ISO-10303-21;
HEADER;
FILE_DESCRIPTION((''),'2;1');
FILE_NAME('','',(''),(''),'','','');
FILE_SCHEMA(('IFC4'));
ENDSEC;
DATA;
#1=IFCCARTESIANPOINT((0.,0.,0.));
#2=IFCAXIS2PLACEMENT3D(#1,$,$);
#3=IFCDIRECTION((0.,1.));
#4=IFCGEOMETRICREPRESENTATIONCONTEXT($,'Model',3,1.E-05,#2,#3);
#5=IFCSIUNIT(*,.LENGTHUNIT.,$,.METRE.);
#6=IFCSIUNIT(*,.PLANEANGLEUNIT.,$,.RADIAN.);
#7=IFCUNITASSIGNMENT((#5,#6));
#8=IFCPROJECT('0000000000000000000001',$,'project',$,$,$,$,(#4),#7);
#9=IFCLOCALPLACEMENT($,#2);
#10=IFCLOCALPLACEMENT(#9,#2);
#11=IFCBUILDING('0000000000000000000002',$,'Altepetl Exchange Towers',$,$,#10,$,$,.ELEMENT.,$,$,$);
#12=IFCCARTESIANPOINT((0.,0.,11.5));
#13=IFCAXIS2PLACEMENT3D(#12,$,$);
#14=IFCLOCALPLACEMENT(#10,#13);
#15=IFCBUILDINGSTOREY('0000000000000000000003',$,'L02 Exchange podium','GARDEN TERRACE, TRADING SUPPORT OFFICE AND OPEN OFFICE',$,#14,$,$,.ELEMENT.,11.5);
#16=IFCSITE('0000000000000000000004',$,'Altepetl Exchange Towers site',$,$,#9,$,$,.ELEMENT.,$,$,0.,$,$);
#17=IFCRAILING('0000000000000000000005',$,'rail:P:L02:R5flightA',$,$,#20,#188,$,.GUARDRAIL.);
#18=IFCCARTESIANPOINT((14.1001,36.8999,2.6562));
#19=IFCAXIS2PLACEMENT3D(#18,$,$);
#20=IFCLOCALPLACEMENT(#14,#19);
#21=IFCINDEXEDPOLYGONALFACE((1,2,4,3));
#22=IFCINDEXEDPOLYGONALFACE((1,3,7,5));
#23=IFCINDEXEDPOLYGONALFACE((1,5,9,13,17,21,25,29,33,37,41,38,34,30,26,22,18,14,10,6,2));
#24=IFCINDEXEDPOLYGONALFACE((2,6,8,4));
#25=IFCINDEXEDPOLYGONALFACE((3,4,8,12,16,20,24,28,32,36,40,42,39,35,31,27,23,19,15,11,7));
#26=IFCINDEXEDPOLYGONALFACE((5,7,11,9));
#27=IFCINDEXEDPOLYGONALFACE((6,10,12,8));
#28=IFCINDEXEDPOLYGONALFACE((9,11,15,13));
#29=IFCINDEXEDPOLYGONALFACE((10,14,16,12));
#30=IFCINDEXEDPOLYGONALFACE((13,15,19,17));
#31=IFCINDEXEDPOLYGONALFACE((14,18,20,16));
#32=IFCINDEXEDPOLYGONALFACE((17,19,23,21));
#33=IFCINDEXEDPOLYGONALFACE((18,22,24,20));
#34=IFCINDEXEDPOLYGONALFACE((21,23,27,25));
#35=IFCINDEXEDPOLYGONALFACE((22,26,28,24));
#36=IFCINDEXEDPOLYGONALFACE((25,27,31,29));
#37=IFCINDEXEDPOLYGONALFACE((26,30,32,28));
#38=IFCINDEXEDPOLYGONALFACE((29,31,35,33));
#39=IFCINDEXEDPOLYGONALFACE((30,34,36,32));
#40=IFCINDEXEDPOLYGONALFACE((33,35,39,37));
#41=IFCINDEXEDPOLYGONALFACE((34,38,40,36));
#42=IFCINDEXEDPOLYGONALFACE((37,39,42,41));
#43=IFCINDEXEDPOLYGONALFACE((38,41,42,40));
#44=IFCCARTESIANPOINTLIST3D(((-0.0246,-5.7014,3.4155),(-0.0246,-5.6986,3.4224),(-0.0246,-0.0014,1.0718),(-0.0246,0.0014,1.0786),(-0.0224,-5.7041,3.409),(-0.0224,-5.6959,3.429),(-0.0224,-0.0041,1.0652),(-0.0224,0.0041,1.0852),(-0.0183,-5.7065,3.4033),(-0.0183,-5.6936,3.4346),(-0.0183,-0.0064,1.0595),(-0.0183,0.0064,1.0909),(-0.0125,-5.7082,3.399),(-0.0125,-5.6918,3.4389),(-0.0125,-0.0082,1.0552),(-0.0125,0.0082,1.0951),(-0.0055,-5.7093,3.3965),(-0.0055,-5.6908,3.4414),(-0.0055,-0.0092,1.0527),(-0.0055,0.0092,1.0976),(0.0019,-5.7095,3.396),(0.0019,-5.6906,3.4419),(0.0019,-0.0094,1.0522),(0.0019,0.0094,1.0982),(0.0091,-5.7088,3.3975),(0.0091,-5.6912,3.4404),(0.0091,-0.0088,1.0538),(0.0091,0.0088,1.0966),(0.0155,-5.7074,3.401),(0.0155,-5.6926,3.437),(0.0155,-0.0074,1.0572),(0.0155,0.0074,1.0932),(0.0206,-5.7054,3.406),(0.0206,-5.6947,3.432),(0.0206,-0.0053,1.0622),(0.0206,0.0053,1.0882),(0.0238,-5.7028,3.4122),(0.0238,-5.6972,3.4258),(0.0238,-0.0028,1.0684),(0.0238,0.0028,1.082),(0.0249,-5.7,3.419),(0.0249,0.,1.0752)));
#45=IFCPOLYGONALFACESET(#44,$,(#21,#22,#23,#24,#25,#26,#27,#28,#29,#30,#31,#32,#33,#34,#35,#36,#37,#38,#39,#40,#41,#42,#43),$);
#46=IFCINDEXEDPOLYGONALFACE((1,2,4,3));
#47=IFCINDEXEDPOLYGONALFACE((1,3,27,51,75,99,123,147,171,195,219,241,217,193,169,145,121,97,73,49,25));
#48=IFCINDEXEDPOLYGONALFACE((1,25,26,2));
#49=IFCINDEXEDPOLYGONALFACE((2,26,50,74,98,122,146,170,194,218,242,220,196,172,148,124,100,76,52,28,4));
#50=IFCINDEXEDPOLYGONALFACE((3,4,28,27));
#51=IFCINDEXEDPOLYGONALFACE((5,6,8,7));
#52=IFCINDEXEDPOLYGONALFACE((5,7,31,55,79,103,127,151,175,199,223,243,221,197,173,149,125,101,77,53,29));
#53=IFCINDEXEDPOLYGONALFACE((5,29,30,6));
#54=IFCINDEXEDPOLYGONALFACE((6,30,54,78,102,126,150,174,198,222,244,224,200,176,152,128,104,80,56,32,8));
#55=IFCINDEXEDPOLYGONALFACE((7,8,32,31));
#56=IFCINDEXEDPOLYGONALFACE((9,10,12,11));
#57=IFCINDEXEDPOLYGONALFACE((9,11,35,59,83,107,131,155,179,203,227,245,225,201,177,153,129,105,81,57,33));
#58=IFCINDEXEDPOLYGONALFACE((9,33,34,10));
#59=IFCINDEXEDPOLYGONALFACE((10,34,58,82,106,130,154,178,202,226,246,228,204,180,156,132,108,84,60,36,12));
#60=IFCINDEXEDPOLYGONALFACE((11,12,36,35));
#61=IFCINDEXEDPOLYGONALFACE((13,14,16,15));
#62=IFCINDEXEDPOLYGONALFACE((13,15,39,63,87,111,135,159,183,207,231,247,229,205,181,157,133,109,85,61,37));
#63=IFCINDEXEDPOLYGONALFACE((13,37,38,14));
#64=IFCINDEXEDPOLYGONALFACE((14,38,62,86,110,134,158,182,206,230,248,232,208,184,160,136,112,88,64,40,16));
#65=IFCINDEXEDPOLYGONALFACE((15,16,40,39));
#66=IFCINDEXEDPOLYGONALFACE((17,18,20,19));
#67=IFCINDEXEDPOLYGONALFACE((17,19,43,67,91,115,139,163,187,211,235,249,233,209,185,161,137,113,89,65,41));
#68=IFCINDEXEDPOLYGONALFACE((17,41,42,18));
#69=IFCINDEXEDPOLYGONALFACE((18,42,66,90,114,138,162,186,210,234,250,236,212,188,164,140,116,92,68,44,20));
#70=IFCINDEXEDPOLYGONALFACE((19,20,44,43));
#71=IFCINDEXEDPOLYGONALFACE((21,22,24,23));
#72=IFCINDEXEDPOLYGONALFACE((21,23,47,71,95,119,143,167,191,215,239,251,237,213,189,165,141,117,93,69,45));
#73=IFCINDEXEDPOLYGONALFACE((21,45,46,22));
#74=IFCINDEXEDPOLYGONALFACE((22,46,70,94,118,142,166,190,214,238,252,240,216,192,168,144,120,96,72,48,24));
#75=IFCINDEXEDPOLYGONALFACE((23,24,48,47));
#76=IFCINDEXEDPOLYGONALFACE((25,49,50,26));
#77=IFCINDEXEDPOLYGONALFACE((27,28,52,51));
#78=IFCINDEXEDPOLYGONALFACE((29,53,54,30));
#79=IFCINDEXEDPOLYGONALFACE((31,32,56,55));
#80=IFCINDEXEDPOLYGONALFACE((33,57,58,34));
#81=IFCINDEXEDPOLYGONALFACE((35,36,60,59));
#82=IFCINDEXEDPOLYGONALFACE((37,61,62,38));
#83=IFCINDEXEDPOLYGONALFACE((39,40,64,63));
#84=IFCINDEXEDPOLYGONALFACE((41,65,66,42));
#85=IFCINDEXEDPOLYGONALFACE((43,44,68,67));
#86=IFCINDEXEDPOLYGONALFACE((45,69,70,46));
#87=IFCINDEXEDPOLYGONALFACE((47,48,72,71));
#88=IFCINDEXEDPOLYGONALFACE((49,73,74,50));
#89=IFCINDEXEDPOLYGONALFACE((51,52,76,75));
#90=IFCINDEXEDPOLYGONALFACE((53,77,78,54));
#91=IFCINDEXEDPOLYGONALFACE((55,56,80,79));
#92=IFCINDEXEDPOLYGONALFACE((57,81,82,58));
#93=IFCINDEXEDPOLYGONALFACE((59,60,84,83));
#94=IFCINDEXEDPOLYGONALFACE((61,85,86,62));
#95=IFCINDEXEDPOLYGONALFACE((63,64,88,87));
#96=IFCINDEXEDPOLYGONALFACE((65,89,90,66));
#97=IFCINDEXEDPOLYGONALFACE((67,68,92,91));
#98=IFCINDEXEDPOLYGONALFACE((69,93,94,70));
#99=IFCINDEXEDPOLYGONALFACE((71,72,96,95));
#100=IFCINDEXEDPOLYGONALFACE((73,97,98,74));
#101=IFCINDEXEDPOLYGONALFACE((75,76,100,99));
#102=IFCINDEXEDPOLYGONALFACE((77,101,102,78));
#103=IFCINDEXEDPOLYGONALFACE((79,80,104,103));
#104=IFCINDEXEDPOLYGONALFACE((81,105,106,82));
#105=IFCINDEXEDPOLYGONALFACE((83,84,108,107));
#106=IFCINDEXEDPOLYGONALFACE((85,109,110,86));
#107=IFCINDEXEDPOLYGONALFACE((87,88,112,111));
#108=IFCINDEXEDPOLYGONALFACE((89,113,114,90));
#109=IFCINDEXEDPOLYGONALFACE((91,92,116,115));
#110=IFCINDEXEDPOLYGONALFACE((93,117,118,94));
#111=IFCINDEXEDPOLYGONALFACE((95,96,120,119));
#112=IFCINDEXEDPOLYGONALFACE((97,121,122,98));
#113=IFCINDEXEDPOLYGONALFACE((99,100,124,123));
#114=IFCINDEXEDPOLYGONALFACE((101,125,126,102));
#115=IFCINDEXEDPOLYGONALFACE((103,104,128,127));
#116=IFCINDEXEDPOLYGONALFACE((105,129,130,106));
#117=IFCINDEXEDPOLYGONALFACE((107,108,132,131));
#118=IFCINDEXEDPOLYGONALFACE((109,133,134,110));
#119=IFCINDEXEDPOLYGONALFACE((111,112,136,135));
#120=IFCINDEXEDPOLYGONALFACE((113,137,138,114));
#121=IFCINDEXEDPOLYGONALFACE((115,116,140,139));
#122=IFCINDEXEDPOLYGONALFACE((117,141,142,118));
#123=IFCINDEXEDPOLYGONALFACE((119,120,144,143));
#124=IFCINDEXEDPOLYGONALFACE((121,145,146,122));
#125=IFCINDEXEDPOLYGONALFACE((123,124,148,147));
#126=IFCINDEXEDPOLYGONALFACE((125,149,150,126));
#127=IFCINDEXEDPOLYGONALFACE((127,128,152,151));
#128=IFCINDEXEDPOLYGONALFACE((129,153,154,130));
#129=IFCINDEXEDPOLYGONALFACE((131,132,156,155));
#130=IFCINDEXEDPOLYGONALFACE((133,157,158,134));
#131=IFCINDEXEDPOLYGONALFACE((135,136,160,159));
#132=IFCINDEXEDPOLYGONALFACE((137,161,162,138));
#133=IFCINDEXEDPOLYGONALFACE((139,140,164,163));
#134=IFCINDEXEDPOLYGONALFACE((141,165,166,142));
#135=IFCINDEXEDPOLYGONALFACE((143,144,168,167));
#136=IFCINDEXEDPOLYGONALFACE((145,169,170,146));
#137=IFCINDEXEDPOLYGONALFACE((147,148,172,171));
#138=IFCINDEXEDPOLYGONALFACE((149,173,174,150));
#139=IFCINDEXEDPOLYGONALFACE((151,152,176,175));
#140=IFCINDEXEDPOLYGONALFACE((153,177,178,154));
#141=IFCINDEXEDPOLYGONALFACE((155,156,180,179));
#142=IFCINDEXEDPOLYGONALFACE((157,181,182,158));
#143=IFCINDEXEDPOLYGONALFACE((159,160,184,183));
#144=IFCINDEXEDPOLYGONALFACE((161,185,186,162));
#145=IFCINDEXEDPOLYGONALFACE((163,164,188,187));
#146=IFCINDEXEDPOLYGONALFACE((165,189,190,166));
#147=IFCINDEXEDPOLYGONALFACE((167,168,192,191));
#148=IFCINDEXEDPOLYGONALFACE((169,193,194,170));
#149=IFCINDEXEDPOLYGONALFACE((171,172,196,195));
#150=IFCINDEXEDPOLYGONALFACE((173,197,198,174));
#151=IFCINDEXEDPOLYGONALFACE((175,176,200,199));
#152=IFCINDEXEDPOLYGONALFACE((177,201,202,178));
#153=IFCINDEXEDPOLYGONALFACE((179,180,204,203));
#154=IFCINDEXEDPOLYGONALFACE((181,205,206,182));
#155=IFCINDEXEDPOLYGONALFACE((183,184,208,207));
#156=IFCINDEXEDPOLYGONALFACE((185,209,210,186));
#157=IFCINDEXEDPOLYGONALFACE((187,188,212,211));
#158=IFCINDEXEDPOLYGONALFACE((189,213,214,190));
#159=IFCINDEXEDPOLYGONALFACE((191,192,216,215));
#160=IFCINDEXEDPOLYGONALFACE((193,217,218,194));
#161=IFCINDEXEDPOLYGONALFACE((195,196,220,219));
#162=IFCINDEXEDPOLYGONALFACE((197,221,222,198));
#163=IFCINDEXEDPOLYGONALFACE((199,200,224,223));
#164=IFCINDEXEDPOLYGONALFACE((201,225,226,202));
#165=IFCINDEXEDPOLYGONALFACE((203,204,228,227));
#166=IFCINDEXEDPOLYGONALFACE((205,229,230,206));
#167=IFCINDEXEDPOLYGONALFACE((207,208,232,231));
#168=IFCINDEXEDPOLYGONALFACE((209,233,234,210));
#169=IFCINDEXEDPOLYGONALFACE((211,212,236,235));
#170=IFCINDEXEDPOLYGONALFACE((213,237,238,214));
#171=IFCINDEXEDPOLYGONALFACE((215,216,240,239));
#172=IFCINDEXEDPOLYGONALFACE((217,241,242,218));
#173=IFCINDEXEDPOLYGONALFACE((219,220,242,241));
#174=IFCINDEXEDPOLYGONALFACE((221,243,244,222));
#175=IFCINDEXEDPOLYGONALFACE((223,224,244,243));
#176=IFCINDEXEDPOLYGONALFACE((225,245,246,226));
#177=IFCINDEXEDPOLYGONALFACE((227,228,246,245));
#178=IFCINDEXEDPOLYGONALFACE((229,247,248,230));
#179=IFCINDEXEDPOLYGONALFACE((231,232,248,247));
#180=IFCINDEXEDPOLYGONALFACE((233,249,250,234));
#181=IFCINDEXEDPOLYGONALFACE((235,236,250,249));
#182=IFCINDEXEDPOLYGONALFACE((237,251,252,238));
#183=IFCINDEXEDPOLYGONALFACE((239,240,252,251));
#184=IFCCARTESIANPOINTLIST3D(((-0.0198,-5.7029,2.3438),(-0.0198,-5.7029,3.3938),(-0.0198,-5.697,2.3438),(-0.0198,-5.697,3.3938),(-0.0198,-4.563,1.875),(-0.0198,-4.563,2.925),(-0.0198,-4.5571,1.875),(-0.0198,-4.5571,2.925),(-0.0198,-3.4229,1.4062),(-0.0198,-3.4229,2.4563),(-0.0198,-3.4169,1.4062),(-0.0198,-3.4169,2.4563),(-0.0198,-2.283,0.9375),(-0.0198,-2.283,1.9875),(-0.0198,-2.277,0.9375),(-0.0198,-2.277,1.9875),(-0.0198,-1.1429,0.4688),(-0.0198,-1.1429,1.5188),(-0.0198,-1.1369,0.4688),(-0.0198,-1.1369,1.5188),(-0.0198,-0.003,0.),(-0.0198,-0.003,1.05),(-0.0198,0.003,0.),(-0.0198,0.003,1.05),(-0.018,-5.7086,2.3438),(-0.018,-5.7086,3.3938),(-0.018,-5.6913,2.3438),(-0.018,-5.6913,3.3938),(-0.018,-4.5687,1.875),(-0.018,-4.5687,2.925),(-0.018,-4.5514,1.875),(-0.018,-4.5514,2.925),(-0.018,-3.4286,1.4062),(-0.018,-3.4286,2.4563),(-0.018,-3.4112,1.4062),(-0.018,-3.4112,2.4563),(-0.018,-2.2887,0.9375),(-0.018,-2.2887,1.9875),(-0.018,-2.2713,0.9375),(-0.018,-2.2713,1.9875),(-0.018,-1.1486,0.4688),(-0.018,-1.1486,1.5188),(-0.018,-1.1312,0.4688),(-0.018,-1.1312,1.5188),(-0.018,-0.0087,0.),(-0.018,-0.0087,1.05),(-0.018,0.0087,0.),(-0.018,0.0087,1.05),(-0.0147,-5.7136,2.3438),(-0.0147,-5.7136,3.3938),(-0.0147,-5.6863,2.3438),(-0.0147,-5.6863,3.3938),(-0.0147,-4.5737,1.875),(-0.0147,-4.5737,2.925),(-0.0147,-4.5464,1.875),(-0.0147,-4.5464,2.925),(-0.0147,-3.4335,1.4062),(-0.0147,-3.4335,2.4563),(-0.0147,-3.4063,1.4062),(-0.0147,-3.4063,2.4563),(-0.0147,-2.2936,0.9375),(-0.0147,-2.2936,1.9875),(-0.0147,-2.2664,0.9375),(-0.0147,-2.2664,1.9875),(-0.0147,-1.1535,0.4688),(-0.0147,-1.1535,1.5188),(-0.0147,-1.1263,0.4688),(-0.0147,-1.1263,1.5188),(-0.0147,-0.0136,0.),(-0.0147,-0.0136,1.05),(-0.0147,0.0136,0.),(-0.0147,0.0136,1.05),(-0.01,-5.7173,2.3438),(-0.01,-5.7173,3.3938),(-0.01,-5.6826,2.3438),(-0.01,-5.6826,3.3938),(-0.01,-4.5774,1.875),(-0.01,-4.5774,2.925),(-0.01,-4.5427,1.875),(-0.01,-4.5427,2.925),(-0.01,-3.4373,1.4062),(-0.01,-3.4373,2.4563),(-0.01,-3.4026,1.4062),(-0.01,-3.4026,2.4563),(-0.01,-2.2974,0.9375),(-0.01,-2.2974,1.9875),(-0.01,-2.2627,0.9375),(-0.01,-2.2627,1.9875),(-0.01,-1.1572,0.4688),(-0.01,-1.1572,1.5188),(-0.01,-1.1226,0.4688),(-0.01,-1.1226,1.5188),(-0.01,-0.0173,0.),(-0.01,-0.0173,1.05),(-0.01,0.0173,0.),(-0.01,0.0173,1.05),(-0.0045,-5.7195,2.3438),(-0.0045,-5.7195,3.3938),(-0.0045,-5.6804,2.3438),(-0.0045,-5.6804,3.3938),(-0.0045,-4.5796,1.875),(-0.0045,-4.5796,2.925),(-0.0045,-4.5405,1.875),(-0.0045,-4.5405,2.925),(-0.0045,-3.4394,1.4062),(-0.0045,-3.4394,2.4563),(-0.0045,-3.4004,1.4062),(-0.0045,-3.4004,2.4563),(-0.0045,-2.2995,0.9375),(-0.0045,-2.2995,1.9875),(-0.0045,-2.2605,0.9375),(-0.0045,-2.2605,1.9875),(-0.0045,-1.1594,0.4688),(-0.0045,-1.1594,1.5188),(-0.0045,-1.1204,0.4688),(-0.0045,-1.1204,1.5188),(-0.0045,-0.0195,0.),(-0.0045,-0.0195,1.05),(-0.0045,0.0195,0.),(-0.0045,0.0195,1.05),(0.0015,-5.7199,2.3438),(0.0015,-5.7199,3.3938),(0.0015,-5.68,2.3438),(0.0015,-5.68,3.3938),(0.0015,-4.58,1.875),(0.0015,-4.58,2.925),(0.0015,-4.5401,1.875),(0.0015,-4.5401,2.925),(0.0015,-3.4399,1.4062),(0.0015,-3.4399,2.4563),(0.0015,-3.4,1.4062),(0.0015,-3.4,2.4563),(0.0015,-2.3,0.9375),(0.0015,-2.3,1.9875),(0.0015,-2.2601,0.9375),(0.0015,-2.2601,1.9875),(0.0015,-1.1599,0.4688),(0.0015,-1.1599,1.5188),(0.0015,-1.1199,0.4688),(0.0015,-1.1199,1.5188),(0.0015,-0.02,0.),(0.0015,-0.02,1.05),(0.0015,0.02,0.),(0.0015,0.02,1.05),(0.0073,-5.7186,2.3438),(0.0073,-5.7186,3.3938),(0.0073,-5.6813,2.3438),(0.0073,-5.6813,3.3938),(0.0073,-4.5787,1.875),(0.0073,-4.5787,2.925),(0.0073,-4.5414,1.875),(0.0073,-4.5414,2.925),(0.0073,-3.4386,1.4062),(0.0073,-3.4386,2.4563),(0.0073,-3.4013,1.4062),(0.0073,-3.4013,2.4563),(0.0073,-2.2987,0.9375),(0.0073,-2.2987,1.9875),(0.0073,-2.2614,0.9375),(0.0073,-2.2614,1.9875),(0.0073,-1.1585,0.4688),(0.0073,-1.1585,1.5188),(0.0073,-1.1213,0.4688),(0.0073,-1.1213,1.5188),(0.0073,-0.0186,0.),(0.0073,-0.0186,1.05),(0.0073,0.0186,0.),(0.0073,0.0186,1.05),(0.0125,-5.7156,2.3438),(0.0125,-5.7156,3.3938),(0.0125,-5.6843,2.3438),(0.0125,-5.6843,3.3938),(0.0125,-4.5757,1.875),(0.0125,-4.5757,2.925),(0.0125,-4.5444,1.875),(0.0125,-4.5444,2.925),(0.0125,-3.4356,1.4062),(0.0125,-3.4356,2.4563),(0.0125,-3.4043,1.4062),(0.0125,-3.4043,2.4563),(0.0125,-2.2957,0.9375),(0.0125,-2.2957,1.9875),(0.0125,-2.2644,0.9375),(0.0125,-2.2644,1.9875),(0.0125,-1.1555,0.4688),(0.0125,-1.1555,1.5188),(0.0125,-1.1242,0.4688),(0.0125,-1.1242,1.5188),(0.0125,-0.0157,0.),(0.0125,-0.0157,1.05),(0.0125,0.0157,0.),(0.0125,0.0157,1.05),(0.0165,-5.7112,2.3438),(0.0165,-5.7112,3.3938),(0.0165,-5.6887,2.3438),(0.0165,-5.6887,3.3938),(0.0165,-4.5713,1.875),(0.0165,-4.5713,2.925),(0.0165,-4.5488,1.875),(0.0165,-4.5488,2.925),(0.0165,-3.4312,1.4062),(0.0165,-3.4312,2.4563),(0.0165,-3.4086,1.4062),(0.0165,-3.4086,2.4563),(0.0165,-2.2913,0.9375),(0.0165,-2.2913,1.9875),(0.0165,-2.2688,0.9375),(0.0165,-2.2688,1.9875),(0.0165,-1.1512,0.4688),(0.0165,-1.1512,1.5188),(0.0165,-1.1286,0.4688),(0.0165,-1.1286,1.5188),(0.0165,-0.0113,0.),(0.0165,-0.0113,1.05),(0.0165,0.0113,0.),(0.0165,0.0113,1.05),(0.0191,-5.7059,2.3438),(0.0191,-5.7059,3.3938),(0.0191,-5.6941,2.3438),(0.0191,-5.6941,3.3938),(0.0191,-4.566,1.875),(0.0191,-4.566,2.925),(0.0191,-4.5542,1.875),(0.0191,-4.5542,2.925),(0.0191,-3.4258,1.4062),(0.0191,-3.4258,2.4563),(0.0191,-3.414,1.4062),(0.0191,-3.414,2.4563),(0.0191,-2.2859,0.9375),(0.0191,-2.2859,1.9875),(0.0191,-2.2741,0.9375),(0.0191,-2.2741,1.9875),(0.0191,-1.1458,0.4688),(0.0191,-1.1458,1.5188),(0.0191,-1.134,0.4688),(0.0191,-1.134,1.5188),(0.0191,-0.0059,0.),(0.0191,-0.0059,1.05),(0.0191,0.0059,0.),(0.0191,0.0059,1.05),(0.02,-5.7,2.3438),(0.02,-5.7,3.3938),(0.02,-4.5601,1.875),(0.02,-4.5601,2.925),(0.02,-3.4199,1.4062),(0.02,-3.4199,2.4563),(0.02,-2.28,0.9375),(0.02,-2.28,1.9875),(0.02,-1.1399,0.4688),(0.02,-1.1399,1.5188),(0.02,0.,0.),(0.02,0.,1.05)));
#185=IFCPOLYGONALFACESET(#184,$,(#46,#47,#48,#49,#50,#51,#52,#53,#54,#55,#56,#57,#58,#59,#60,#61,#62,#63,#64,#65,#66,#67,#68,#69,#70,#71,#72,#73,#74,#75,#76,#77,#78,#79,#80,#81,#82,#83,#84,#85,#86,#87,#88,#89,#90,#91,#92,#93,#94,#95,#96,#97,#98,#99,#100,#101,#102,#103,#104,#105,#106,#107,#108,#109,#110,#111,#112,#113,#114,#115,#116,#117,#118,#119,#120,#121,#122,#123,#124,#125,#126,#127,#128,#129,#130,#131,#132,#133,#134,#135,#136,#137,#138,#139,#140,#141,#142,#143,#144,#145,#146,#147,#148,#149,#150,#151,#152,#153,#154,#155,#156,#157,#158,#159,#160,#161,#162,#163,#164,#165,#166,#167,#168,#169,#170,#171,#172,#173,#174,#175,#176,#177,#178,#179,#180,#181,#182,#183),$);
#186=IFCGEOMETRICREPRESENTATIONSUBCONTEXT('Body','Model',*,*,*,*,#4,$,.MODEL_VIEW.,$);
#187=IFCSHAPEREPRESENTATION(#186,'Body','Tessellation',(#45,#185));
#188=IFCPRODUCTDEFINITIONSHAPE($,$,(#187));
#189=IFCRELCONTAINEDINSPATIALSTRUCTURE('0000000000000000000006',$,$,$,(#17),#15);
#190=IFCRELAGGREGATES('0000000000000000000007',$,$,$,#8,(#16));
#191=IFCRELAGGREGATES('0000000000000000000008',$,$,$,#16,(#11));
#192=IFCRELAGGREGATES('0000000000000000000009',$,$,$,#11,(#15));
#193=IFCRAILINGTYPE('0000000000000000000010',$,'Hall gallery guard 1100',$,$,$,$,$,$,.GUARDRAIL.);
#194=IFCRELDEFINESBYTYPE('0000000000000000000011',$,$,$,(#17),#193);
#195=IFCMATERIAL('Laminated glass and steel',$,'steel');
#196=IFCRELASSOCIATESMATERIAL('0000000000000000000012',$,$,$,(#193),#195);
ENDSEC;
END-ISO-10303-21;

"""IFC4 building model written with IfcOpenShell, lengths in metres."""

from ifc_helpers import new_model, si_unit, direction, frame, origin, origin_2d, place, context, subcontext, project, spatial, circle, extrude, source, transform, mapped, material, type_object, element, save


model = new_model("IFC4")

# Units and contexts
model_context = context("Model", 3, precision=1e-05, world=origin(), true_north=direction((0.0, 1.0)))
body_context = subcontext(model_context, "Body", "Model", "MODEL_VIEW")
ifc_project = project(units=[si_unit("LENGTHUNIT", "METRE"), si_unit("PLANEANGLEUNIT", "RADIAN")], contexts=[model_context])

# Site, building, storey
site_placement = place(None, origin())
site = spatial("IfcSite", under=ifc_project, at=site_placement, Name="Altepetl Exchange Towers site", CompositionType="ELEMENT", RefElevation=0.0)
building_placement = place(site_placement, origin())
building = spatial("IfcBuilding", under=site, at=building_placement, Name="Altepetl Exchange Towers", CompositionType="ELEMENT")
storey_placement = place(building_placement, frame((0.0, 0.0, 11.5)))
storey = spatial("IfcBuildingStorey", under=building, at=storey_placement, Name="L02 Exchange podium", Description="GARDEN TERRACE, TRADING SUPPORT OFFICE AND OPEN OFFICE", CompositionType="ELEMENT", Elevation=11.5)

# Railing
ifc_material_1 = material(Name="Laminated glass and steel", Category="steel")
railing_type_1 = type_object("IfcRailingType", Name="Hall gallery guard 1100", PredefinedType="GUARDRAIL", material=ifc_material_1)
shared_shape_1 = source(origin(), body_context, "Body", "SweptSolid", [
    extrude(circle(Radius=0.02, at=origin_2d()), origin(), (0.0, 0.0, 1.0), 1.05),
])
for number, where, name in (
    (1, (14.1001, 36.8999, 2.6562), "rail:P:L02:R5flightA"),
):
    element("IfcRailing", number, at=place(storey_placement, frame(where)), inside=storey, type_object=railing_type_1, Name=name, PredefinedType="GUARDRAIL", context=body_context, shape_type="SweptSolid", body=[
        extrude(circle(Radius=0.0249, at=origin_2d()), frame((0.0, 0.0, 1.0752), z_axis=(0.0, -0.924866, 0.380293), x_axis=(1.0, 0.0, 0.0)), (0.0, 0.0, 1.0), 6.1631),
        mapped(shared_shape_1, transform((0.0, 0.0, 0.0))),
        mapped(shared_shape_1, transform((0.0, -1.1399, 0.4688))),
        mapped(shared_shape_1, transform((0.0, -2.28, 0.9375))),
        mapped(shared_shape_1, transform((0.0, -3.4199, 1.4062))),
        mapped(shared_shape_1, transform((0.0, -4.5601, 1.875))),
        mapped(shared_shape_1, transform((0.0, -5.7, 2.3438))),
    ])

save(model, "model.ifc")
